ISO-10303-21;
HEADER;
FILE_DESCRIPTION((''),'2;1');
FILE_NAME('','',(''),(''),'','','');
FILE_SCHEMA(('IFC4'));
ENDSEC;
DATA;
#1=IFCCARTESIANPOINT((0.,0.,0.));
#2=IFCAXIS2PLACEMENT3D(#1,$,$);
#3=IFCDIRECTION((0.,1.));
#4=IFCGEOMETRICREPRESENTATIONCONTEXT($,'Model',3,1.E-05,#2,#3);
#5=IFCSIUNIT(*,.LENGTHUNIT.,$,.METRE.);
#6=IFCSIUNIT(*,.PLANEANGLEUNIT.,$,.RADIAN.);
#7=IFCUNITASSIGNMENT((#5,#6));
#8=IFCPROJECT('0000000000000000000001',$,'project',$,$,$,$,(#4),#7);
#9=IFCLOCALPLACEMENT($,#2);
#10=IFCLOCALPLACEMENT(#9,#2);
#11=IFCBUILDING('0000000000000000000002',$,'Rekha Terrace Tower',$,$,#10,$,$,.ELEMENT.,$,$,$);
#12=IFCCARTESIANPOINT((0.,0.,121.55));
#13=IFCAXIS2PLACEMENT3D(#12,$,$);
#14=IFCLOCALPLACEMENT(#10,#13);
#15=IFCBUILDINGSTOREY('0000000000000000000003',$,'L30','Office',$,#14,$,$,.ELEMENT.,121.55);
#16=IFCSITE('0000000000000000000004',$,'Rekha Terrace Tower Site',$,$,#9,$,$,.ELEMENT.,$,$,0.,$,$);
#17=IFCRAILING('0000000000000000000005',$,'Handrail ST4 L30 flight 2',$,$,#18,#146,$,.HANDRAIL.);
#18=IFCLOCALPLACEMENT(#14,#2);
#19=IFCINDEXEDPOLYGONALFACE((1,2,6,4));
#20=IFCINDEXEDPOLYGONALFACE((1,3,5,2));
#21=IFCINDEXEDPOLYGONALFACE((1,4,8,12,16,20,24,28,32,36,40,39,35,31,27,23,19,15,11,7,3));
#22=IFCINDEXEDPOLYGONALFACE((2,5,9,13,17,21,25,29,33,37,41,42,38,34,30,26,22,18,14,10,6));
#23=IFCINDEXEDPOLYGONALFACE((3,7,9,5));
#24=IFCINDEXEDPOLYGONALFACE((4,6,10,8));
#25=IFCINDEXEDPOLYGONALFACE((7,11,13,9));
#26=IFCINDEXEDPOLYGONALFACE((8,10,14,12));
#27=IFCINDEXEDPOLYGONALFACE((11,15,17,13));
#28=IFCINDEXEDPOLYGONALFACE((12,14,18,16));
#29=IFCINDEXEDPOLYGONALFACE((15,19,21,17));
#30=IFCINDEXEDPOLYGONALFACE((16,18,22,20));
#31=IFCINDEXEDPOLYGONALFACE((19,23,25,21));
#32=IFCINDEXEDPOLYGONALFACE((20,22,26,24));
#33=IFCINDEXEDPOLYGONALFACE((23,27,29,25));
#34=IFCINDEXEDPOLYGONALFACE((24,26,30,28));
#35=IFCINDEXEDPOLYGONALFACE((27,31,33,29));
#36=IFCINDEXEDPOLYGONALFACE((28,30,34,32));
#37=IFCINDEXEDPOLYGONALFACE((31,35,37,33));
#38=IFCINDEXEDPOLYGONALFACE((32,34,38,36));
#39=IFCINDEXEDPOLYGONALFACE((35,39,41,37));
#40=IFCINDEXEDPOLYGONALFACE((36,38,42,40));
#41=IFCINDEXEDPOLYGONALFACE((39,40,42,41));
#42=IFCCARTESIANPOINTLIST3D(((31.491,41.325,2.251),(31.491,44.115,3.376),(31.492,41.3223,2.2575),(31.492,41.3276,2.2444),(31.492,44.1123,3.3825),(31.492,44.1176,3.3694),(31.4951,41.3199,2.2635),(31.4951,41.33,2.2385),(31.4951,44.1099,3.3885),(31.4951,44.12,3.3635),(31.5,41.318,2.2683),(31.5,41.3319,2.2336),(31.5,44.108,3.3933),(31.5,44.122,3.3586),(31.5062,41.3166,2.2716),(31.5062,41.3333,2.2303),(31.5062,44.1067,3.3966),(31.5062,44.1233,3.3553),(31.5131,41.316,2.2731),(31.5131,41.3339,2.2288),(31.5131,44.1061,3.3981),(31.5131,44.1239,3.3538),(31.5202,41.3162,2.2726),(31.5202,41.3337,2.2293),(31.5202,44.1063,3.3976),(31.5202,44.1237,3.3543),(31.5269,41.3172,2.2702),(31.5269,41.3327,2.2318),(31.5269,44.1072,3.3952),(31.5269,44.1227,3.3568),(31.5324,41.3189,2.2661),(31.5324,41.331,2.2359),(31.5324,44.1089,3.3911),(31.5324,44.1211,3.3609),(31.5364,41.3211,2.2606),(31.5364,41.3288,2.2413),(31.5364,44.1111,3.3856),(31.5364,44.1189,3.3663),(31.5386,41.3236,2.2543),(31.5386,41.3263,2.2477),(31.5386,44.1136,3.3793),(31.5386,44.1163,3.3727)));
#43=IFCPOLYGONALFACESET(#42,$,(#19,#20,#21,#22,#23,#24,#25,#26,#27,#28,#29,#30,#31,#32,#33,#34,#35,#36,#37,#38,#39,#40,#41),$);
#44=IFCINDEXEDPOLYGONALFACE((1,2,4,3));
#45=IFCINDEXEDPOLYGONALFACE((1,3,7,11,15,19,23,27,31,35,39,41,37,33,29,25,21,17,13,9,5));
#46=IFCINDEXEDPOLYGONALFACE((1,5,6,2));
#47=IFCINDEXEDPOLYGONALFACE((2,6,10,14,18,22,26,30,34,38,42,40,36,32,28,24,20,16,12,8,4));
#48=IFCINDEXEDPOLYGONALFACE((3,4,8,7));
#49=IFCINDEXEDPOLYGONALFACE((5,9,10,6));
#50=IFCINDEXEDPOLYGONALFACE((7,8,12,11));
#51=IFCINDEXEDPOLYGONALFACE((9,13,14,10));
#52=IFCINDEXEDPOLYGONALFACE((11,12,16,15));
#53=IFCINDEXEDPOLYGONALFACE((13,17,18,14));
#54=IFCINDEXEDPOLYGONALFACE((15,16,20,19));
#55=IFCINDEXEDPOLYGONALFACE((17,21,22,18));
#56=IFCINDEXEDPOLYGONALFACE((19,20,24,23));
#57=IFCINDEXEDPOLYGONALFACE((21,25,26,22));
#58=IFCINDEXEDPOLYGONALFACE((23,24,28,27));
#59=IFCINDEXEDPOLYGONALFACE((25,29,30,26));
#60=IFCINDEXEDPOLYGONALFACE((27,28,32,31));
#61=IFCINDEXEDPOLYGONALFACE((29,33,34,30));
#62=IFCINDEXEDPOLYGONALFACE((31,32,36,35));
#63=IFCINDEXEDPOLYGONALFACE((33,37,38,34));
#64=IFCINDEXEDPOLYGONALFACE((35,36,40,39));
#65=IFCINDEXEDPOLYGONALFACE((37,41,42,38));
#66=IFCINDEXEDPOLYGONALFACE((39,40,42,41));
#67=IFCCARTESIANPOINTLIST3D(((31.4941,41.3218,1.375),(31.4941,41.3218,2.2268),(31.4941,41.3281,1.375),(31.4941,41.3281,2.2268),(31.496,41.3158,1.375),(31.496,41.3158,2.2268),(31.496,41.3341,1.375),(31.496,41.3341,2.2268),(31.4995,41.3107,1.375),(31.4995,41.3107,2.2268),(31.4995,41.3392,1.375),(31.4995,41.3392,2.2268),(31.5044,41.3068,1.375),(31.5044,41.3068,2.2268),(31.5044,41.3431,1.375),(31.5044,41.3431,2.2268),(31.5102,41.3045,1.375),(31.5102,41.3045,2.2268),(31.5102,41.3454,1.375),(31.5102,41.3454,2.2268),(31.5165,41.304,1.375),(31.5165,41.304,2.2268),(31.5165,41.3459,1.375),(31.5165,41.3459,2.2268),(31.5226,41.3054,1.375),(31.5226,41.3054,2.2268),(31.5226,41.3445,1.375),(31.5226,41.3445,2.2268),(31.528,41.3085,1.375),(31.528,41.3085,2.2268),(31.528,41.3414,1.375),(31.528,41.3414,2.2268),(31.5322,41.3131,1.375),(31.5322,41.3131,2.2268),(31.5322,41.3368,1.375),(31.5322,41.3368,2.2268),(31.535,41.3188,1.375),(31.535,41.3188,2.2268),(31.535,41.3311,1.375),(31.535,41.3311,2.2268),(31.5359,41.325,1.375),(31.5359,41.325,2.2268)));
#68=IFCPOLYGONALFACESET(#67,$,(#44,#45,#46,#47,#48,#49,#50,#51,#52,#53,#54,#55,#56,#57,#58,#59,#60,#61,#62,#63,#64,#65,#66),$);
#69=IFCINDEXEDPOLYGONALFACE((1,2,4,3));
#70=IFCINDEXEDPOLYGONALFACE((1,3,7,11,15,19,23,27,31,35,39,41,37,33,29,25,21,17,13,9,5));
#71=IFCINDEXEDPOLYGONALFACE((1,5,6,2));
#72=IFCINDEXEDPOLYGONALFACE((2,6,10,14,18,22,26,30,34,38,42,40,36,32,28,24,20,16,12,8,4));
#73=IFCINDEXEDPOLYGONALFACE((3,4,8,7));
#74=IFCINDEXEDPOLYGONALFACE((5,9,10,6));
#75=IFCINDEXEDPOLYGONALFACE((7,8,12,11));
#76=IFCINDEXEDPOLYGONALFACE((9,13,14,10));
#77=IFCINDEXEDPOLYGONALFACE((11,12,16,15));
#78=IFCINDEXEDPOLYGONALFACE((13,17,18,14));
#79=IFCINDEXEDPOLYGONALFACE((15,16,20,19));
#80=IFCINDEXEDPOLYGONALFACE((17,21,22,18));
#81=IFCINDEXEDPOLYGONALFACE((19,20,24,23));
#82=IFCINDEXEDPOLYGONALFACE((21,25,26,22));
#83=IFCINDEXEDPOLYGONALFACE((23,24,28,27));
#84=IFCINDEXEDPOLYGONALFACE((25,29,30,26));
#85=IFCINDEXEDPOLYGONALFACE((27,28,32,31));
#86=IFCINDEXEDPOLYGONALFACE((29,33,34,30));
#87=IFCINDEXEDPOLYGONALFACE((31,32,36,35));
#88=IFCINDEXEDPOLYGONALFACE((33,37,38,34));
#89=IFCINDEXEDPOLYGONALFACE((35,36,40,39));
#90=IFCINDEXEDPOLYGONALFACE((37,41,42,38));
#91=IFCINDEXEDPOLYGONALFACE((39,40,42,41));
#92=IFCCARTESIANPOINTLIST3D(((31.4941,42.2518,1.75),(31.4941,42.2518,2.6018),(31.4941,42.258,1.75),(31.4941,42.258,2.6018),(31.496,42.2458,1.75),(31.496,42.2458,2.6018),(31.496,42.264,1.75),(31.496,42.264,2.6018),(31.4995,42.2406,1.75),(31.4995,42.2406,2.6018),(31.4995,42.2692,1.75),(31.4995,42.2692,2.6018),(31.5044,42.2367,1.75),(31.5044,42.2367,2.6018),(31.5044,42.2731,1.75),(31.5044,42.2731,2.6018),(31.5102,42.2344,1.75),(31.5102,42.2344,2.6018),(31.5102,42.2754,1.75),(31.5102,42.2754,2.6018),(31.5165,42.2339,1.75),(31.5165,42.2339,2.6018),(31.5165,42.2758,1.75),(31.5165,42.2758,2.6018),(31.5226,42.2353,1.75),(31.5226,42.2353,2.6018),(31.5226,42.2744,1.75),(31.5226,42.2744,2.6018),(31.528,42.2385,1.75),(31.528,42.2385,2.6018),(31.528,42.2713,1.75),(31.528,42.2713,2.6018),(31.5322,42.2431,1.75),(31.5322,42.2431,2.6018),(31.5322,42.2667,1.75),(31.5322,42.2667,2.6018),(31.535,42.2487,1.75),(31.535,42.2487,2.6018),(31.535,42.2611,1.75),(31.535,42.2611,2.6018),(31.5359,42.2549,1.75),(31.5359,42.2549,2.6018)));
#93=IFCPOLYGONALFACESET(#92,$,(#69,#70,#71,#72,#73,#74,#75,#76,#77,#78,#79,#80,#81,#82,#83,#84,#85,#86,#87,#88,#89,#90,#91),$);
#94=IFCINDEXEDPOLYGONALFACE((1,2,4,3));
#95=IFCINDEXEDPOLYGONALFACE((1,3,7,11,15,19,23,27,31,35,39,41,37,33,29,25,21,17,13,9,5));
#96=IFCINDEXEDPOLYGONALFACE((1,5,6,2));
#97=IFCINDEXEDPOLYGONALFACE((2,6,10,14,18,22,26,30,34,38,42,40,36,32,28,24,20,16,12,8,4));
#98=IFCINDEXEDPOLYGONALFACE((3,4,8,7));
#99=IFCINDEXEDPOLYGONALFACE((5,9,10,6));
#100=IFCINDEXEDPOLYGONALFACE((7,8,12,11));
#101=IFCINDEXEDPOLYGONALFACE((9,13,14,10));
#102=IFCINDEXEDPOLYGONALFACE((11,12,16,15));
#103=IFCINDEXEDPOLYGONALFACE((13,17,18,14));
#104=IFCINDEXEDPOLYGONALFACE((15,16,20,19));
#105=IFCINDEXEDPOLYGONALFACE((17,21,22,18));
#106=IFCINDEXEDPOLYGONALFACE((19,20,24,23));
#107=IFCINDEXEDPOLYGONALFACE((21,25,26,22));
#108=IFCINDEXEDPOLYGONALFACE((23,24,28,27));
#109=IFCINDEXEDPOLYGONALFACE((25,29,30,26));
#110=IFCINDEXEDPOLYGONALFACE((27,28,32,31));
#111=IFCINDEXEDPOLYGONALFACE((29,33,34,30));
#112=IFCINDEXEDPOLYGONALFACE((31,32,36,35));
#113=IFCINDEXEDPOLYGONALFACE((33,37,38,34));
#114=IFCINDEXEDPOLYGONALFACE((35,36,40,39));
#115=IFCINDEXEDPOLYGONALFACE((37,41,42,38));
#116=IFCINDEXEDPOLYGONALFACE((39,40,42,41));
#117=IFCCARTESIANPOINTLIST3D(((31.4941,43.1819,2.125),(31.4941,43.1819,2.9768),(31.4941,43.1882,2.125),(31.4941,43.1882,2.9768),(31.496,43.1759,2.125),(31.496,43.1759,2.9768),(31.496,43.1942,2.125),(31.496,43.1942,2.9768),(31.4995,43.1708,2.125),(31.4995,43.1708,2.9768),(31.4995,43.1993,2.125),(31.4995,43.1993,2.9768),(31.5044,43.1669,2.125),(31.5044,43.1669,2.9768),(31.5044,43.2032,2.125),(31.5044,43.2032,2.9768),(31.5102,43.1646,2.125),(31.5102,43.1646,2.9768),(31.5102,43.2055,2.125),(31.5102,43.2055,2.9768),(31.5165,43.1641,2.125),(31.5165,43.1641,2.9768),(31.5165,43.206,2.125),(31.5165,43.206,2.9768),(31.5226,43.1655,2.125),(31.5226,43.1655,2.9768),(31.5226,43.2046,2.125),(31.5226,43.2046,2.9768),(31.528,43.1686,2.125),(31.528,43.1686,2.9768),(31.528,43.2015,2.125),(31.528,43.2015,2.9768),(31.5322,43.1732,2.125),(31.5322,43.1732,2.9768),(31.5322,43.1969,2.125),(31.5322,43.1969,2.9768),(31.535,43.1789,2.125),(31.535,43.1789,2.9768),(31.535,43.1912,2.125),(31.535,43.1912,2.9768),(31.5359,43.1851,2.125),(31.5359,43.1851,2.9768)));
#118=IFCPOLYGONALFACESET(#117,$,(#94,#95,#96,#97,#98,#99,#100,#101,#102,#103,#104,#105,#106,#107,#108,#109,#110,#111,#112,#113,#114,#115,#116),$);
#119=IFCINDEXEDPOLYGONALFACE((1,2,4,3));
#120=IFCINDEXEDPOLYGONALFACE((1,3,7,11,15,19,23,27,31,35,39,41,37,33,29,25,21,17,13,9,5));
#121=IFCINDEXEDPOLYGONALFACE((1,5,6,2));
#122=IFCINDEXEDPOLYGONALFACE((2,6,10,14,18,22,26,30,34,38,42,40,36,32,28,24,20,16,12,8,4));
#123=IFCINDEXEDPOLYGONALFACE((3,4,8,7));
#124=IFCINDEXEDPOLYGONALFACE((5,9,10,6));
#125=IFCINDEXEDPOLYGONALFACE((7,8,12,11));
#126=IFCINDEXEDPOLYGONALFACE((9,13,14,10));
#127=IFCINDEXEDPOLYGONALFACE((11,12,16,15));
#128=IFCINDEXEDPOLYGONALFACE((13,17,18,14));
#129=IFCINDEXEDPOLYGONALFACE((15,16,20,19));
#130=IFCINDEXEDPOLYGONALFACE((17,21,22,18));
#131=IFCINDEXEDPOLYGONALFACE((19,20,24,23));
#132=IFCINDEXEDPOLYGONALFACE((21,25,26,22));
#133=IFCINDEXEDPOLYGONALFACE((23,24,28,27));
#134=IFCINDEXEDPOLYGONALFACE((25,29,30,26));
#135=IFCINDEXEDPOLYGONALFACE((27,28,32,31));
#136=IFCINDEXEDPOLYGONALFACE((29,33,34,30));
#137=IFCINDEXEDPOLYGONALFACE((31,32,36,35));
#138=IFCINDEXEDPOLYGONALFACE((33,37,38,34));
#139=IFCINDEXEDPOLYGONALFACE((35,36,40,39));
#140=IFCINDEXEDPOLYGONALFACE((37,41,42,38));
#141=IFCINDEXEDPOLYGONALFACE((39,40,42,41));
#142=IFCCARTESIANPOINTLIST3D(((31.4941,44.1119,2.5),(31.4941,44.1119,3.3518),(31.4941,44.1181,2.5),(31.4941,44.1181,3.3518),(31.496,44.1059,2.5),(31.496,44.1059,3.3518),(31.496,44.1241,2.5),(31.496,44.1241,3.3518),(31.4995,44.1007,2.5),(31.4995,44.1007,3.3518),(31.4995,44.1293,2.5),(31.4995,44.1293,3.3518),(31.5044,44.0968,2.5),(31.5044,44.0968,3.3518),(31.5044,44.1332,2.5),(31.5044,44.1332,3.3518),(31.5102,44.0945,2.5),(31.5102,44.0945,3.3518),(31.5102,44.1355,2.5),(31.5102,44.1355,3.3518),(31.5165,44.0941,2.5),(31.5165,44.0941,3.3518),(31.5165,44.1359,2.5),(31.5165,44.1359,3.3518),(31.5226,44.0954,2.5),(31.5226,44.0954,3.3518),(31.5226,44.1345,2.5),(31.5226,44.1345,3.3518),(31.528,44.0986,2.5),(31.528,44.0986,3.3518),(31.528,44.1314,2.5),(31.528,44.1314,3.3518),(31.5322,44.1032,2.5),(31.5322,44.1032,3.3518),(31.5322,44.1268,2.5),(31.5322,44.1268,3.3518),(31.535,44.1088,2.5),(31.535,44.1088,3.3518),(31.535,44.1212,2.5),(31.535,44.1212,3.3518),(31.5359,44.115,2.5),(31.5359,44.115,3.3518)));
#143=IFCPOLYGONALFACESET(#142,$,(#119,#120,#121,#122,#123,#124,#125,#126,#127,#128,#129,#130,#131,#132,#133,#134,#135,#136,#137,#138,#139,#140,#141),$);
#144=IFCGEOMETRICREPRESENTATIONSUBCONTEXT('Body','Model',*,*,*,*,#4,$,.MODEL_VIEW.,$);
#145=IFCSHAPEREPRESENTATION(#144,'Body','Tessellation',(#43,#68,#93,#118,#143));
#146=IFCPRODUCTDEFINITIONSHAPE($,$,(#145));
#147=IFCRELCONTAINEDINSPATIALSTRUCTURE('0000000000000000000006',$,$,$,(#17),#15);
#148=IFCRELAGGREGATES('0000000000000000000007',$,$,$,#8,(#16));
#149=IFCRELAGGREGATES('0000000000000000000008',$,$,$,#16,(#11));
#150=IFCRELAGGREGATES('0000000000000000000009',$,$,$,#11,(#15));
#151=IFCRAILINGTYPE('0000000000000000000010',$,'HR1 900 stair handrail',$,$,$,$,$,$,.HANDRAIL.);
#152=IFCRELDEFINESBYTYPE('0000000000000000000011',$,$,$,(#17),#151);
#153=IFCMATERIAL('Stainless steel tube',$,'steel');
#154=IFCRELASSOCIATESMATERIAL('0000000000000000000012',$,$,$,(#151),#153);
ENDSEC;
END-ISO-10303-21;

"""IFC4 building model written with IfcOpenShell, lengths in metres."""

from ifc_helpers import new_model, si_unit, direction, frame, origin, origin_2d, place, context, subcontext, project, spatial, circle, extrude, material, type_object, element, save


model = new_model("IFC4")

# Units and contexts
model_context = context("Model", 3, precision=1e-05, world=origin(), true_north=direction((0.0, 1.0)))
body_context = subcontext(model_context, "Body", "Model", "MODEL_VIEW")
ifc_project = project(units=[si_unit("LENGTHUNIT", "METRE"), si_unit("PLANEANGLEUNIT", "RADIAN")], contexts=[model_context])

# Site, building, storey
site_placement = place(None, origin())
site = spatial("IfcSite", under=ifc_project, at=site_placement, Name="Rekha Terrace Tower Site", CompositionType="ELEMENT", RefElevation=0.0)
building_placement = place(site_placement, origin())
building = spatial("IfcBuilding", under=site, at=building_placement, Name="Rekha Terrace Tower", CompositionType="ELEMENT")
storey_placement = place(building_placement, frame((0.0, 0.0, 121.55)))
storey = spatial("IfcBuildingStorey", under=building, at=storey_placement, Name="L30", Description="Office", CompositionType="ELEMENT", Elevation=121.55)

# Railing
ifc_material_1 = material(Name="Stainless steel tube", Category="steel")
railing_type = type_object("IfcRailingType", Name="HR1 900 stair handrail", PredefinedType="HANDRAIL", material=ifc_material_1)
for number, where, name in (
    (1, (31.5149, 41.325, 1.375), "Handrail ST4 L30 flight 2"),
):
    element("IfcRailing", number, at=place(storey_placement, frame(where)), inside=storey, type_object=railing_type, Name=name, PredefinedType="HANDRAIL", context=body_context, shape_type="SweptSolid", body=[
        extrude(circle(Radius=0.0239, at=origin_2d()), frame((0.0, 0.0, 0.876), z_axis=(0.0, 0.927443, 0.373964), x_axis=(-1.0, 0.0, 0.0)), (0.0, 0.0, 1.0), 3.0083),
        extrude(circle(Radius=0.021, at=origin_2d()), origin(), (0.0, 0.0, 1.0), 0.8518),
        extrude(circle(Radius=0.021, at=origin_2d()), frame((0.0, 0.9299, 0.375)), (0.0, 0.0, 1.0), 0.8518),
        extrude(circle(Radius=0.021, at=origin_2d()), frame((0.0, 1.8601, 0.75)), (0.0, 0.0, 1.0), 0.8518),
        extrude(circle(Radius=0.021, at=origin_2d()), frame((0.0, 2.79, 1.125)), (0.0, 0.0, 1.0), 0.8518),
    ])

save(model, "model.ifc")
